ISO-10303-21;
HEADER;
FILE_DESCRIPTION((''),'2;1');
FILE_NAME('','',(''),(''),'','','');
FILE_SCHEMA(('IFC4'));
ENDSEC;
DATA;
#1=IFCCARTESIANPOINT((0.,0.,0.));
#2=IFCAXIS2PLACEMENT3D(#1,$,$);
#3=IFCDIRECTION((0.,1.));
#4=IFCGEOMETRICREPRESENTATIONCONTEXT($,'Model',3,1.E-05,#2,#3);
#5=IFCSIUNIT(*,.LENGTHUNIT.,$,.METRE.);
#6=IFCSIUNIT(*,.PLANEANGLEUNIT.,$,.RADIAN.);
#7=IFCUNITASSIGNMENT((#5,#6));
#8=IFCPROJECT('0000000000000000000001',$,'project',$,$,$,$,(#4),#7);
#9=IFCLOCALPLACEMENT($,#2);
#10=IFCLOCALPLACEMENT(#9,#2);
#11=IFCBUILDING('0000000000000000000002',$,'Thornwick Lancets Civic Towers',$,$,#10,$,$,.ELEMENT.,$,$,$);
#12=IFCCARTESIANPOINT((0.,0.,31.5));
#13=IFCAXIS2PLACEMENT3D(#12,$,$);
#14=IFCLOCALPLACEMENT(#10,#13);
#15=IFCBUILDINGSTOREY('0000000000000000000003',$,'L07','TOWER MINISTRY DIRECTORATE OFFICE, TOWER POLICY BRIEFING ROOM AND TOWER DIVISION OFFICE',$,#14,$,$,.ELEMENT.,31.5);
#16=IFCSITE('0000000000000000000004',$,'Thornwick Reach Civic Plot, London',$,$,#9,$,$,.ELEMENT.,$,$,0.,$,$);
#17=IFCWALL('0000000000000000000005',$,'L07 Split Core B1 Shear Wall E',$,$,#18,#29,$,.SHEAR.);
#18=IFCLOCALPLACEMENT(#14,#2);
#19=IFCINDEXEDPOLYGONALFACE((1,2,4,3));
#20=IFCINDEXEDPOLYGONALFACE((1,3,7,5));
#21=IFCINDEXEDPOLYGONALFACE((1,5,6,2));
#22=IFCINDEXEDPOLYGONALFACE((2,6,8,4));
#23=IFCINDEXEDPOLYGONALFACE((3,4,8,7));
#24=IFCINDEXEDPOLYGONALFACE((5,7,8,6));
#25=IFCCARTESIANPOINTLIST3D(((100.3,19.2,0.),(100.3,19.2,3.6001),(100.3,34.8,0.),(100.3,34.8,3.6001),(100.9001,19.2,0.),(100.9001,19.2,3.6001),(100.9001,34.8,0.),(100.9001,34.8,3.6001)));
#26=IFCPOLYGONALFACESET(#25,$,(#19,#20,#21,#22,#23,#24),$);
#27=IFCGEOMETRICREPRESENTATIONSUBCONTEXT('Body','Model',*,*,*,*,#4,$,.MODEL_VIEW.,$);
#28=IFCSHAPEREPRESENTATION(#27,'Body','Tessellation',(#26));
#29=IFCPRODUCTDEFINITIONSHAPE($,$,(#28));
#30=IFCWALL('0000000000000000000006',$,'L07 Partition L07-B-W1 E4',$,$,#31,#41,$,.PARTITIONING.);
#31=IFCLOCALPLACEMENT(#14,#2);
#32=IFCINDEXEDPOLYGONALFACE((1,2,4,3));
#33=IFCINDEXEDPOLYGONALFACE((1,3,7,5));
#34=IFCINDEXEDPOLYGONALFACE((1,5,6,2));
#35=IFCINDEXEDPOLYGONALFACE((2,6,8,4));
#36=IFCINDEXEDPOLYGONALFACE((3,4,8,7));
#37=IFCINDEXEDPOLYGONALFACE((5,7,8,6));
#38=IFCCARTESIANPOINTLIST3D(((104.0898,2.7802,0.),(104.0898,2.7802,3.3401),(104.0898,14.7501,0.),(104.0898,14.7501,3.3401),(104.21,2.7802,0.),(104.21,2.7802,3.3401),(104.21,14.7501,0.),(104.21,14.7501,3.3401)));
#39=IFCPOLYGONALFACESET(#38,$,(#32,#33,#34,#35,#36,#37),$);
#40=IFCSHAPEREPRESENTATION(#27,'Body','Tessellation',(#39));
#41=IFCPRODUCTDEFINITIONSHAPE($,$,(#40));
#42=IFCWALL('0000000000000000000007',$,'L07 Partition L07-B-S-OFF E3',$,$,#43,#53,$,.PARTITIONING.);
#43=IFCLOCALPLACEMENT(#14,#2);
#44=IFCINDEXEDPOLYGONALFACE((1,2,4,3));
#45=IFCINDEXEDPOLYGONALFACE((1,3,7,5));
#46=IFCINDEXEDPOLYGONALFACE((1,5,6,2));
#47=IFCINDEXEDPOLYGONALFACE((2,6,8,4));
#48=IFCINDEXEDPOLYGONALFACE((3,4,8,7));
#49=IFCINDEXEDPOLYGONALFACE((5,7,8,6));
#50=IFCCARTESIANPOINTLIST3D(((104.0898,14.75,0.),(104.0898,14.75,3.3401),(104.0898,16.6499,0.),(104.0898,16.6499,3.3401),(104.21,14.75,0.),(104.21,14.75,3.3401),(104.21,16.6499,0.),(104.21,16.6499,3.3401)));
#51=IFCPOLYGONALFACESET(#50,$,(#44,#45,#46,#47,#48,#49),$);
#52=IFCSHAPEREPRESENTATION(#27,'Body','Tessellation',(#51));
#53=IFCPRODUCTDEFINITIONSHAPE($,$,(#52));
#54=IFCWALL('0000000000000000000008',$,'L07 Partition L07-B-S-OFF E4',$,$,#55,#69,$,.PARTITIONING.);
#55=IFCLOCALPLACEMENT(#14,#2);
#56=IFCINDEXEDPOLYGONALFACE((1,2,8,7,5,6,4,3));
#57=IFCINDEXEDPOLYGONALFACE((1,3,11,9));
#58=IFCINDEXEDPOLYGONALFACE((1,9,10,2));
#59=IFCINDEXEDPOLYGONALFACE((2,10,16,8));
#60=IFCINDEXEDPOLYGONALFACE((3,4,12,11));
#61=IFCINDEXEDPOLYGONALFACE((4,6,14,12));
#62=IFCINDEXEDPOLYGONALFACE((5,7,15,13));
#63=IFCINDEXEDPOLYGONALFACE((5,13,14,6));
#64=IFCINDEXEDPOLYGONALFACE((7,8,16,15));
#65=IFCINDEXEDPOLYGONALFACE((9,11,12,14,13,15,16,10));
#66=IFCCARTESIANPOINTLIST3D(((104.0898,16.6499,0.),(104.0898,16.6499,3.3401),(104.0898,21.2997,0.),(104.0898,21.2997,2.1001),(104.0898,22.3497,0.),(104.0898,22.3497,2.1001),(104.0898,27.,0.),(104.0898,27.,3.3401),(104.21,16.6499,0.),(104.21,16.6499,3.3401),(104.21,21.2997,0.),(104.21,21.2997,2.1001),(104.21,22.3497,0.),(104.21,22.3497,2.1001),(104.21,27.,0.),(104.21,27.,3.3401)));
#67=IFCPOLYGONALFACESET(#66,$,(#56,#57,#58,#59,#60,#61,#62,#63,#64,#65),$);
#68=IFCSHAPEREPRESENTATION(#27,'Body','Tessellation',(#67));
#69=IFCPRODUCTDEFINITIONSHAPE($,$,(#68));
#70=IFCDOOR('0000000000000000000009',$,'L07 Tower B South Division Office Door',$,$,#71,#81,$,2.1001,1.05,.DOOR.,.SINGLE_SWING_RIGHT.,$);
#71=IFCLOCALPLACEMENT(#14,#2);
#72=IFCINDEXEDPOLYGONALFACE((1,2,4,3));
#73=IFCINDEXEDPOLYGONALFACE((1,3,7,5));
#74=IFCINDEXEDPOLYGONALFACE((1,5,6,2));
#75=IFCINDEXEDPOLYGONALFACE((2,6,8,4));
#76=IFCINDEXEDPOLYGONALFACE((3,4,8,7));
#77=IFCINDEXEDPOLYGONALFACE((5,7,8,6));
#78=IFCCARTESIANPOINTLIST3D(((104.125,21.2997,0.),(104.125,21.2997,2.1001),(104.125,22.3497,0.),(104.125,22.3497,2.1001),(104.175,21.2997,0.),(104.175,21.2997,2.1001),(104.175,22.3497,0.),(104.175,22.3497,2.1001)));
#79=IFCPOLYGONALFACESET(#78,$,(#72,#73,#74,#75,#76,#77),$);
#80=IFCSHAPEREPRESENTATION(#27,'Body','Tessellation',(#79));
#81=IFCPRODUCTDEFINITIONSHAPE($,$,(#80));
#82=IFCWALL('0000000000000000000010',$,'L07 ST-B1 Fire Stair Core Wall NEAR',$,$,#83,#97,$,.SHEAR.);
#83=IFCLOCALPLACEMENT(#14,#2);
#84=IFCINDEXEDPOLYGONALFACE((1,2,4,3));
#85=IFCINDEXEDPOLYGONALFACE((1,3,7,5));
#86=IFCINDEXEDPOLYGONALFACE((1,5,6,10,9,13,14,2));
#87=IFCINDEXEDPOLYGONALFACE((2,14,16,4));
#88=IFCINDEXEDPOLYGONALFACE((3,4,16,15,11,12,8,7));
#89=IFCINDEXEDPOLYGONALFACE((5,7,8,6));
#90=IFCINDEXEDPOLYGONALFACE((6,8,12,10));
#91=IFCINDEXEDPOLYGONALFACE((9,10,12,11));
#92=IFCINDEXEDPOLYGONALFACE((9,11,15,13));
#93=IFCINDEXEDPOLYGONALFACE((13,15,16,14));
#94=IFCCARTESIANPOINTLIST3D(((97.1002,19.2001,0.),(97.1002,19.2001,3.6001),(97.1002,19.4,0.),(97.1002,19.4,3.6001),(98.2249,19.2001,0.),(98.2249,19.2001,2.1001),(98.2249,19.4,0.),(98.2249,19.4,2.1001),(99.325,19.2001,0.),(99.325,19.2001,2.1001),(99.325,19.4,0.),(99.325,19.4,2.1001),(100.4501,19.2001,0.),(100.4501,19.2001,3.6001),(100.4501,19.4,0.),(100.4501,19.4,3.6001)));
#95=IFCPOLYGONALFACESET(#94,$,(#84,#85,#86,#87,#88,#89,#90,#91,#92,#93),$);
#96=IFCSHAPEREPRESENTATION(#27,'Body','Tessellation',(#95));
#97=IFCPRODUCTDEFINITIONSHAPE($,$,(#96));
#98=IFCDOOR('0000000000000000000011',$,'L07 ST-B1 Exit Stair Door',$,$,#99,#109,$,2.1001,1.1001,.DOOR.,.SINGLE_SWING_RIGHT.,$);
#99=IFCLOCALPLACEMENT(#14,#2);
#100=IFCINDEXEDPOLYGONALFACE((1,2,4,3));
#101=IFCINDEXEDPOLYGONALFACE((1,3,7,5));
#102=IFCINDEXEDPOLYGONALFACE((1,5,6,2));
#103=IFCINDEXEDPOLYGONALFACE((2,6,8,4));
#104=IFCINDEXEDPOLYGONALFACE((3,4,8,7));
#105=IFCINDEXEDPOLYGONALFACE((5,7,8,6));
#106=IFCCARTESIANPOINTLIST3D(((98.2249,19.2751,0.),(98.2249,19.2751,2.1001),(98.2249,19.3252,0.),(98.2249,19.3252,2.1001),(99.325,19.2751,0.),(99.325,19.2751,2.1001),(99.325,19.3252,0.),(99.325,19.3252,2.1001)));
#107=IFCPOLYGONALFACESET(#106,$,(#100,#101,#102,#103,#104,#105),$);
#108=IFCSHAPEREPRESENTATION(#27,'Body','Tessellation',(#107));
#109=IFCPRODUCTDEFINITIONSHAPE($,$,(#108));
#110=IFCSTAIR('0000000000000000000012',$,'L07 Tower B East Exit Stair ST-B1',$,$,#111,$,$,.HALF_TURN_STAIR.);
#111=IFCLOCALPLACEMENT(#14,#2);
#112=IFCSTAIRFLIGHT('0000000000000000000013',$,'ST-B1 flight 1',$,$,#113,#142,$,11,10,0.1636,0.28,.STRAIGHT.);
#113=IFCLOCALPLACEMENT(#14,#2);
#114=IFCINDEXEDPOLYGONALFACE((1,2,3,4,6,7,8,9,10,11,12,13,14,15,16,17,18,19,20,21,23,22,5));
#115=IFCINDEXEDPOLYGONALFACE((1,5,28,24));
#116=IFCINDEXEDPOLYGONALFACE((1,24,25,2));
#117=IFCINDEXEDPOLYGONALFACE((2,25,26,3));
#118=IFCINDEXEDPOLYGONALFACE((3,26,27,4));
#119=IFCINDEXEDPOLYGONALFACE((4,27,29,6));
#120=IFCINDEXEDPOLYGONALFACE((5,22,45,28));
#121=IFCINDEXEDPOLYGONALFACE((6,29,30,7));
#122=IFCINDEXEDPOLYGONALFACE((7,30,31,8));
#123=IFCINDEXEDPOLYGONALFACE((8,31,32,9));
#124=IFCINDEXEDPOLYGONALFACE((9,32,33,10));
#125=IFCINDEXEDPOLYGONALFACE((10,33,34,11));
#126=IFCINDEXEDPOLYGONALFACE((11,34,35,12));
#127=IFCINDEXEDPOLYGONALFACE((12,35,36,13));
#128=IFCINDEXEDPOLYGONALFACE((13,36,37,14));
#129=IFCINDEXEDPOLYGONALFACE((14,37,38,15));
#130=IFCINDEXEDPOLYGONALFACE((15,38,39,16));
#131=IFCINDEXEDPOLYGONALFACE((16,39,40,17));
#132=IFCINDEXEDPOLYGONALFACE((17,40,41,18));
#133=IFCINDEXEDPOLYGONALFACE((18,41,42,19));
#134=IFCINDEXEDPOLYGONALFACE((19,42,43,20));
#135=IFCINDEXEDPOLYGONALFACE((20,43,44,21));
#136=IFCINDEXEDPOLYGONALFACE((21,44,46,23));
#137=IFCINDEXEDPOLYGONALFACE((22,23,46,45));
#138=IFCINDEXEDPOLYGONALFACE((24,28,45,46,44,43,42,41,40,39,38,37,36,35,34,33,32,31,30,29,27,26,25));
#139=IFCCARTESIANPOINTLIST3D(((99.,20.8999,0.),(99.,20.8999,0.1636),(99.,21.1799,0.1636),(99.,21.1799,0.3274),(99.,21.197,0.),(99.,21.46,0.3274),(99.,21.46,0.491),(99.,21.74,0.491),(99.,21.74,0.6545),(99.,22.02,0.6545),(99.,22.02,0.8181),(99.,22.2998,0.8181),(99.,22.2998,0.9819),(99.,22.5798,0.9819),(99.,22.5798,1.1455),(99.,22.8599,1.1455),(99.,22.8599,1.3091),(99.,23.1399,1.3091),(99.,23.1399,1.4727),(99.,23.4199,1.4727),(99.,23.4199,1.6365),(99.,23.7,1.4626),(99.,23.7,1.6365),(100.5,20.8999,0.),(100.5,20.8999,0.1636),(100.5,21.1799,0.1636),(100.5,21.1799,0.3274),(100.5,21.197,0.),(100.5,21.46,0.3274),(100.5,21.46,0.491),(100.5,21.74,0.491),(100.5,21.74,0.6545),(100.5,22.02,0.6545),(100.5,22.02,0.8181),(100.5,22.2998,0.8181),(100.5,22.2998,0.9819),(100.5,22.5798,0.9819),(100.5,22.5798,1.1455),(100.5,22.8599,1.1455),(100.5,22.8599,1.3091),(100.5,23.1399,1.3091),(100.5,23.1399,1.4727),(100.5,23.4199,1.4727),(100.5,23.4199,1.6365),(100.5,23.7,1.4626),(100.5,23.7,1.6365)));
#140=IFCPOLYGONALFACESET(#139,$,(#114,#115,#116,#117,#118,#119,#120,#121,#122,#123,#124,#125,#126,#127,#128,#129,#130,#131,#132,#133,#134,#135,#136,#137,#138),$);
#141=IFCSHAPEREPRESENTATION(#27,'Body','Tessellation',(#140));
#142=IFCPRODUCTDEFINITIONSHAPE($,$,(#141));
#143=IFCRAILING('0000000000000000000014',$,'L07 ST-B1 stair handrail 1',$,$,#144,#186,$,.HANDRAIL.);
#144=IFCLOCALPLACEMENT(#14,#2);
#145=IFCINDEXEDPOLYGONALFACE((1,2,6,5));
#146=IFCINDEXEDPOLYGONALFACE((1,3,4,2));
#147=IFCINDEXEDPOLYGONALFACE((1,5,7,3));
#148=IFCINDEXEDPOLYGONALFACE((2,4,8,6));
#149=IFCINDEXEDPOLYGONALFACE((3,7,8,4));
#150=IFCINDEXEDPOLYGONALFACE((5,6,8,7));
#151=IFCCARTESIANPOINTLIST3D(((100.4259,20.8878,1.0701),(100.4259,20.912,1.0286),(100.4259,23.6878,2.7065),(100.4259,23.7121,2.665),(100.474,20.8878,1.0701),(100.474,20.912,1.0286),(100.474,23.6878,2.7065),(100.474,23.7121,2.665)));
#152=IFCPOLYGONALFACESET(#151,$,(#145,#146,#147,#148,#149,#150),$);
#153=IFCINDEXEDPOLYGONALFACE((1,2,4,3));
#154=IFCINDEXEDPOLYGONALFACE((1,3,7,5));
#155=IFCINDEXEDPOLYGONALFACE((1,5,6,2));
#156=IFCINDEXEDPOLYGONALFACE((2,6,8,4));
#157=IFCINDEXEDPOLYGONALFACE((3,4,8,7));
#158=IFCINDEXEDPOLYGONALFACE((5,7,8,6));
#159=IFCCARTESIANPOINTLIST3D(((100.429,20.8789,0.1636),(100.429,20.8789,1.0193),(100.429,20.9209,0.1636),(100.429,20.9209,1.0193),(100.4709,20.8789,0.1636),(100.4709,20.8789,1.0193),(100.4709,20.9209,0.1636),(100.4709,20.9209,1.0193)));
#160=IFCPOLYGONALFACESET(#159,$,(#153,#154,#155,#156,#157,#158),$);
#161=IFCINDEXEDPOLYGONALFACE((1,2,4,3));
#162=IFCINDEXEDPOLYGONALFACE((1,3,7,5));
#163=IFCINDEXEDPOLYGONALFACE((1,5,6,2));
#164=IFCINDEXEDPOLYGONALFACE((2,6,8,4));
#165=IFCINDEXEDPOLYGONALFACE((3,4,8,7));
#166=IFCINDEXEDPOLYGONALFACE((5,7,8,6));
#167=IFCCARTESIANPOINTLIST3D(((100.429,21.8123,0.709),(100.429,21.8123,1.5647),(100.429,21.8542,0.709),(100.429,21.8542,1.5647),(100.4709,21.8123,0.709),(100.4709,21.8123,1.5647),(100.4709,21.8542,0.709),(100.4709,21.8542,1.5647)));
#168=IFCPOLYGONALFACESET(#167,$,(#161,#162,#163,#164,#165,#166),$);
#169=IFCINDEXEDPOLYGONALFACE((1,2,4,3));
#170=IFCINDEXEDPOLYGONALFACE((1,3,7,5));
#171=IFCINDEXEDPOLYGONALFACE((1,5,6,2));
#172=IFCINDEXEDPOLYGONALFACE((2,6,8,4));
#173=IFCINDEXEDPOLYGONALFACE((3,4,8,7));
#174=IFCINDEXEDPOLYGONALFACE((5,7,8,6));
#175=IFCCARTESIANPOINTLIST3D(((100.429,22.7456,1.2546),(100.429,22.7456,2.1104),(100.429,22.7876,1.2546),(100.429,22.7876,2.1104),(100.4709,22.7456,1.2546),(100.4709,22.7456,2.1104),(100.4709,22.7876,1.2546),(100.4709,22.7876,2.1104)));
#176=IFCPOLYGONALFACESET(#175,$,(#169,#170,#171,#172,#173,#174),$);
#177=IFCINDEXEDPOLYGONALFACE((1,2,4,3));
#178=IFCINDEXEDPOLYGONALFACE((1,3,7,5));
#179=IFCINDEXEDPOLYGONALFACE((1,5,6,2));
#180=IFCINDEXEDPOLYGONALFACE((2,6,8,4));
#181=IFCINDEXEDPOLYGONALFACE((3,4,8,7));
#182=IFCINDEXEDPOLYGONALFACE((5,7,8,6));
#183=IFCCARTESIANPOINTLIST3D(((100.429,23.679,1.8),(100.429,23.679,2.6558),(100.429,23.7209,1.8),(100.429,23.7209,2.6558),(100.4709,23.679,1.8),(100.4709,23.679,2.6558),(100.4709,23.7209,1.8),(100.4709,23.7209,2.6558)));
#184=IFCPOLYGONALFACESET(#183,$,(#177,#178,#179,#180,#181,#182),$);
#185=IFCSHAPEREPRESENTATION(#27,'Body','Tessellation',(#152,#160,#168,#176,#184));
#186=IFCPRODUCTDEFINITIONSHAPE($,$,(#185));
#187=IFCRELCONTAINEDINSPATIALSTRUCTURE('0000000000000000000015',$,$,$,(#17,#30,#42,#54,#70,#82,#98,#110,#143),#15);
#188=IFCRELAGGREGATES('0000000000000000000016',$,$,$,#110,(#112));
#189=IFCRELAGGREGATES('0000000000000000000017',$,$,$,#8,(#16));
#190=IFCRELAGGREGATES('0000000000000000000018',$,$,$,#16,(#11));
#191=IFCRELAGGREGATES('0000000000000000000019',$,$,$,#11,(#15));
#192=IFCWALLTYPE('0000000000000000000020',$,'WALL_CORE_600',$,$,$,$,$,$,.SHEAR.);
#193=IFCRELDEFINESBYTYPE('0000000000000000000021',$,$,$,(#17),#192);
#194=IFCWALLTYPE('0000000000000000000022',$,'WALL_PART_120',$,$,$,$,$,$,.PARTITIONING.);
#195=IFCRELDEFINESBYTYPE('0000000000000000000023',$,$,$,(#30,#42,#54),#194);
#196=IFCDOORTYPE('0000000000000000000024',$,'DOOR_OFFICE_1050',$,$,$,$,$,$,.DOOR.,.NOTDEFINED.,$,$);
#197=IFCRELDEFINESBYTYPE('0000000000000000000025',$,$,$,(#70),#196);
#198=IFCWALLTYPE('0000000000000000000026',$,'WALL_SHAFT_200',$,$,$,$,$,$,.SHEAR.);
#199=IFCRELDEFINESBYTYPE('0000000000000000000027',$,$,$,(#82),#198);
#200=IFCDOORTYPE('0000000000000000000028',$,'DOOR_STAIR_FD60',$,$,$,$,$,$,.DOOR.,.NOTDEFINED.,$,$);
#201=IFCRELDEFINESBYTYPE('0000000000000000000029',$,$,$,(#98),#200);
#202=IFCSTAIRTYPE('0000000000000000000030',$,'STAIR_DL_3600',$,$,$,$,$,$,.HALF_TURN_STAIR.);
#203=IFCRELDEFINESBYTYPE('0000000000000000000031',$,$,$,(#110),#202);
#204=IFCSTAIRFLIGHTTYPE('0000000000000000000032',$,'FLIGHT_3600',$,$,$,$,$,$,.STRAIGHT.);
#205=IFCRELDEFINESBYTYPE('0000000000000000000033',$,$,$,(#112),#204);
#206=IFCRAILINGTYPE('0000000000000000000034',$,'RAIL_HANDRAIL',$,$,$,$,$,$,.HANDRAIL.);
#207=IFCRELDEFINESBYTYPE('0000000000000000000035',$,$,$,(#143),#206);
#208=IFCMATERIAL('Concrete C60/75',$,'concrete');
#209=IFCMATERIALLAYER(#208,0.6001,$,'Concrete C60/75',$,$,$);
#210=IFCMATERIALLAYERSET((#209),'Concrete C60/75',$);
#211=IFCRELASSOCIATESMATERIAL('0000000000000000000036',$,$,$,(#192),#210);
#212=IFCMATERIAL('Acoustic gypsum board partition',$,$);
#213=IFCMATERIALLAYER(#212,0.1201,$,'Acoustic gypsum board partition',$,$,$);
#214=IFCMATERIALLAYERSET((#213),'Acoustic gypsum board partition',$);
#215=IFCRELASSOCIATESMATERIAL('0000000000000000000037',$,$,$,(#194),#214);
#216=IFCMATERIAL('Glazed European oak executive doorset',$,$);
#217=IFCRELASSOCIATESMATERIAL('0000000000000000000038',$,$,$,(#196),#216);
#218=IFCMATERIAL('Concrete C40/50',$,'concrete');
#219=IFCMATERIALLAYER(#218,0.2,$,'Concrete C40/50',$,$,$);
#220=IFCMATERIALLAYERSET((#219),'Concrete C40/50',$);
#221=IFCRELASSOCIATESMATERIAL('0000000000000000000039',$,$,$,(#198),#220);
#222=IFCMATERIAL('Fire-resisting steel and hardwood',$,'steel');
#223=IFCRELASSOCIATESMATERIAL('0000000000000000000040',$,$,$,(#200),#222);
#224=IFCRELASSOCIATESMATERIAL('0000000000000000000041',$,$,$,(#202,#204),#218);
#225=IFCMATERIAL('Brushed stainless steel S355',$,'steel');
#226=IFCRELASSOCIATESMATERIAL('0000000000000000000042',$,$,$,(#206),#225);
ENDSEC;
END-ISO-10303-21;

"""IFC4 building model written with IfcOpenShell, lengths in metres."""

from ifc_helpers import new_model, si_unit, direction, frame, frame_2d, origin, origin_2d, place, context, subcontext, project, spatial, polyline, rectangle, outline, extrude, material, layer, layer_set, type_object, element, fill, aggregate, save


model = new_model("IFC4")

# Units and contexts
model_context = context("Model", 3, precision=1e-05, world=origin(), true_north=direction((0.0, 1.0)))
body_context = subcontext(model_context, "Body", "Model", "MODEL_VIEW")
ifc_project = project(units=[si_unit("LENGTHUNIT", "METRE"), si_unit("PLANEANGLEUNIT", "RADIAN")], contexts=[model_context])

# Site, building, storey
site_placement = place(None, origin())
site = spatial("IfcSite", under=ifc_project, at=site_placement, Name="Thornwick Reach Civic Plot, London", CompositionType="ELEMENT", RefElevation=0.0)
building_placement = place(site_placement, origin())
building = spatial("IfcBuilding", under=site, at=building_placement, Name="Thornwick Lancets Civic Towers", CompositionType="ELEMENT")
storey_placement = place(building_placement, frame((0.0, 0.0, 31.5)))
storey = spatial("IfcBuildingStorey", under=building, at=storey_placement, Name="L07", Description="TOWER MINISTRY DIRECTORATE OFFICE, TOWER POLICY BRIEFING ROOM AND TOWER DIVISION OFFICE", CompositionType="ELEMENT", Elevation=31.5)

# Shared definitions
ifc_material_1 = material(Name="Concrete C60/75", Category="concrete")

# Shared definitions
ifc_material_2 = material(Name="Concrete C40/50", Category="concrete")

# Walls
ifc_layer_1 = layer(ifc_material_1, 0.6001, Name="Concrete C60/75")
ifc_layer_set_1 = layer_set([ifc_layer_1], Name="Concrete C60/75")
wall_type_1 = type_object("IfcWallType", Name="WALL_CORE_600", PredefinedType="SHEAR", material=ifc_layer_set_1)
wall_1_placement = place(storey_placement, frame((100.6001, 19.2, 0.0), z_axis=(0.0, 0.0, 1.0), x_axis=(0.0, 1.0, 0.0)))
element("IfcWall", 1, at=wall_1_placement, inside=storey, type_object=wall_type_1, Name="L07 Split Core B1 Shear Wall E", PredefinedType="SHEAR", context=body_context, shape_type="SweptSolid", body=[
    extrude(rectangle(XDim=15.6001, YDim=0.6001, at=frame_2d((7.8, 0.0))), origin(), (0.0, 0.0, 1.0), 3.6001),
])
ifc_material_3 = material(Name="Acoustic gypsum board partition")
ifc_layer_2 = layer(ifc_material_3, 0.1201, Name="Acoustic gypsum board partition")
ifc_layer_set_2 = layer_set([ifc_layer_2], Name="Acoustic gypsum board partition")
wall_type_2 = type_object("IfcWallType", Name="WALL_PART_120", PredefinedType="PARTITIONING", material=ifc_layer_set_2)
wall_2_placement = place(storey_placement, frame((104.1499, 14.75, 0.0), z_axis=(0.0, 0.0, 1.0), x_axis=(0.0, -1.0, 0.0)))
element("IfcWall", 2, at=wall_2_placement, inside=storey, type_object=wall_type_2, Name="L07 Partition L07-B-W1 E4", PredefinedType="PARTITIONING", context=body_context, shape_type="SweptSolid", body=[
    extrude(rectangle(XDim=11.97, YDim=0.1201, at=frame_2d((5.9849, 0.0))), origin(), (0.0, 0.0, 1.0), 3.3401),
])
wall_3_placement = place(storey_placement, frame((104.1499, 14.75, 0.0), z_axis=(0.0, 0.0, 1.0), x_axis=(0.0, 1.0, 0.0)))
element("IfcWall", 3, at=wall_3_placement, inside=storey, type_object=wall_type_2, Name="L07 Partition L07-B-S-OFF E3", PredefinedType="PARTITIONING", context=body_context, shape_type="SweptSolid", body=[
    extrude(rectangle(XDim=1.8999, YDim=0.1201, at=frame_2d((0.95, 0.0))), origin(), (0.0, 0.0, 1.0), 3.3401),
])

# Walls, openings, doors
wall_4_placement = place(storey_placement, frame((104.1499, 16.6499, 0.0), z_axis=(0.0, 0.0, 1.0), x_axis=(0.0, 1.0, 0.0)))
wall_4 = element("IfcWall", 4, at=wall_4_placement, inside=storey, type_object=wall_type_2, Name="L07 Partition L07-B-S-OFF E4", PredefinedType="PARTITIONING", context=body_context, shape_type="SweptSolid", body=[
    extrude(rectangle(XDim=10.3501, YDim=0.1201, at=frame_2d((5.175, 0.0))), origin(), (0.0, 0.0, 1.0), 3.3401),
])
opening_1_placement = place(wall_4_placement, frame((4.6499, 0.0, 0.0)))
opening_1 = element("IfcOpeningElement", 5, at=opening_1_placement, cuts=wall_4, PredefinedType="OPENING", context=body_context, shape_type="SweptSolid", body=[
    extrude(rectangle(XDim=1.05, YDim=2.1001, at=frame_2d((0.5249, 1.05))), frame((0.0, 0.0701, 0.0), z_axis=(0.0, -1.0, 0.0), x_axis=(1.0, 0.0, 0.0)), (0.0, 0.0, 1.0), 0.1401),
])
ifc_material_4 = material(Name="Glazed European oak executive doorset")
door_type_1 = type_object("IfcDoorType", Name="DOOR_OFFICE_1050", OperationType="NOTDEFINED", PredefinedType="DOOR", material=ifc_material_4)
door_1_placement = place(opening_1_placement, origin())
door_1 = element("IfcDoor", 6, at=door_1_placement, inside=storey, type_object=door_type_1, Name="L07 Tower B South Division Office Door", OperationType="SINGLE_SWING_RIGHT", OverallHeight=2.1001, OverallWidth=1.05, PredefinedType="DOOR", context=body_context, shape_type="SweptSolid", body=[
    extrude(rectangle(XDim=1.05, YDim=2.1001, at=frame_2d((0.5249, 1.05))), frame((0.0, 0.0249, 0.0), z_axis=(0.0, -1.0, 0.0), x_axis=(1.0, 0.0, 0.0)), (0.0, 0.0, 1.0), 0.05),
])
fill(opening_1, door_1)
ifc_layer_3 = layer(ifc_material_2, 0.2, Name="Concrete C40/50")
ifc_layer_set_3 = layer_set([ifc_layer_3], Name="Concrete C40/50")
wall_type_3 = type_object("IfcWallType", Name="WALL_SHAFT_200", PredefinedType="SHEAR", material=ifc_layer_set_3)
wall_5_placement = place(storey_placement, frame((100.45, 19.3, 0.0), z_axis=(0.0, 0.0, 1.0), x_axis=(-1.0, 0.0, 0.0)))
wall_5 = element("IfcWall", 7, at=wall_5_placement, inside=storey, type_object=wall_type_3, Name="L07 ST-B1 Fire Stair Core Wall NEAR", PredefinedType="SHEAR", context=body_context, shape_type="SweptSolid", body=[
    extrude(rectangle(XDim=3.3499, YDim=0.2, at=frame_2d((1.6748, 0.0))), origin(), (0.0, 0.0, 1.0), 3.6001),
])
opening_2_placement = place(wall_5_placement, frame((1.125, 0.0, 0.0)))
opening_2 = element("IfcOpeningElement", 8, at=opening_2_placement, cuts=wall_5, PredefinedType="OPENING", context=body_context, shape_type="SweptSolid", body=[
    extrude(rectangle(XDim=1.1001, YDim=2.1001, at=frame_2d((0.55, 1.05))), frame((0.0, 0.1099, 0.0), z_axis=(0.0, -1.0, 0.0), x_axis=(1.0, 0.0, 0.0)), (0.0, 0.0, 1.0), 0.22),
])
ifc_material_5 = material(Name="Fire-resisting steel and hardwood", Category="steel")
door_type_2 = type_object("IfcDoorType", Name="DOOR_STAIR_FD60", OperationType="NOTDEFINED", PredefinedType="DOOR", material=ifc_material_5)
door_2_placement = place(opening_2_placement, origin())
door_2 = element("IfcDoor", 9, at=door_2_placement, inside=storey, type_object=door_type_2, Name="L07 ST-B1 Exit Stair Door", OperationType="SINGLE_SWING_RIGHT", OverallHeight=2.1001, OverallWidth=1.1001, PredefinedType="DOOR", context=body_context, shape_type="SweptSolid", body=[
    extrude(rectangle(XDim=1.1001, YDim=2.1001, at=frame_2d((0.55, 1.05))), frame((0.0, 0.0249, 0.0), z_axis=(0.0, -1.0, 0.0), x_axis=(1.0, 0.0, 0.0)), (0.0, 0.0, 1.0), 0.05),
])
fill(opening_2, door_2)

# Stair, stair flight
stair_type = type_object("IfcStairType", Name="STAIR_DL_3600", PredefinedType="HALF_TURN_STAIR", material=ifc_material_2)
stair_placement = place(storey_placement, origin())
stair = element("IfcStair", 10, at=stair_placement, inside=storey, type_object=stair_type, Name="L07 Tower B East Exit Stair ST-B1", PredefinedType="HALF_TURN_STAIR")
stair_flight_type = type_object("IfcStairFlightType", Name="FLIGHT_3600", PredefinedType="STRAIGHT", material=ifc_material_2)
stair_flight_placement = place(storey_placement, frame((99.75, 20.8999, 0.0), z_axis=(0.0, 0.0, 1.0), x_axis=(0.0, 1.0, 0.0)))
stair_flight = element("IfcStairFlight", 11, at=stair_flight_placement, type_object=stair_flight_type, Name="ST-B1 flight 1", NumberOfRisers=11, NumberOfTreads=10, PredefinedType="STRAIGHT", RiserHeight=0.1636, TreadLength=0.28, context=body_context, shape_type="SweptSolid", body=[
    extrude(outline(polyline([(0.0, 0.0), (0.0, 0.1636), (0.28, 0.1636), (0.28, 0.3274), (0.5601, 0.3274), (0.5601, 0.491), (0.8401, 0.491), (0.8401, 0.6545), (1.1201, 0.6545), (1.1201, 0.8181), (1.3999, 0.8181), (1.3999, 0.9819), (1.6799, 0.9819), (1.6799, 1.1455), (1.96, 1.1455), (1.96, 1.3091), (2.24, 1.3091), (2.24, 1.4727), (2.52, 1.4727), (2.52, 1.6365), (2.8, 1.6365), (2.8, 1.8), (2.8, 1.4626), (0.2971, 0.0), (0.0, 0.0)])), frame((0.0, 0.75, 0.0), z_axis=(0.0, -1.0, 0.0), x_axis=(1.0, 0.0, 0.0)), (0.0, 0.0, 1.0), 1.5),
])
aggregate(stair, [stair_flight])

# Railing
ifc_material_6 = material(Name="Brushed stainless steel S355", Category="steel")
railing_type_1 = type_object("IfcRailingType", Name="RAIL_HANDRAIL", PredefinedType="HANDRAIL", material=ifc_material_6)
railing_1_placement = place(storey_placement, frame((100.45, 20.8999, 0.1636)))
element("IfcRailing", 12, at=railing_1_placement, inside=storey, type_object=railing_type_1, Name="L07 ST-B1 stair handrail 1", PredefinedType="HANDRAIL", context=body_context, shape_type="SweptSolid", body=[
    extrude(rectangle(XDim=0.0481, YDim=0.0481, at=origin_2d()), frame((0.0, 0.0, 0.8857), z_axis=(0.0, 0.863361, 0.504587), x_axis=(-1.0, 0.0, 0.0)), (0.0, 0.0, 1.0), 3.2432),
    extrude(rectangle(XDim=0.042, YDim=0.042, at=origin_2d()), origin(), (0.0, 0.0, 1.0), 0.8557),
    extrude(rectangle(XDim=0.042, YDim=0.042, at=origin_2d()), frame((0.0, 0.9333, 0.5454)), (0.0, 0.0, 1.0), 0.8557),
    extrude(rectangle(XDim=0.042, YDim=0.042, at=origin_2d()), frame((0.0, 1.8667, 1.0911)), (0.0, 0.0, 1.0), 0.8557),
    extrude(rectangle(XDim=0.042, YDim=0.042, at=origin_2d()), frame((0.0, 2.8, 1.6365)), (0.0, 0.0, 1.0), 0.8557),
])

save(model, "model.ifc")
